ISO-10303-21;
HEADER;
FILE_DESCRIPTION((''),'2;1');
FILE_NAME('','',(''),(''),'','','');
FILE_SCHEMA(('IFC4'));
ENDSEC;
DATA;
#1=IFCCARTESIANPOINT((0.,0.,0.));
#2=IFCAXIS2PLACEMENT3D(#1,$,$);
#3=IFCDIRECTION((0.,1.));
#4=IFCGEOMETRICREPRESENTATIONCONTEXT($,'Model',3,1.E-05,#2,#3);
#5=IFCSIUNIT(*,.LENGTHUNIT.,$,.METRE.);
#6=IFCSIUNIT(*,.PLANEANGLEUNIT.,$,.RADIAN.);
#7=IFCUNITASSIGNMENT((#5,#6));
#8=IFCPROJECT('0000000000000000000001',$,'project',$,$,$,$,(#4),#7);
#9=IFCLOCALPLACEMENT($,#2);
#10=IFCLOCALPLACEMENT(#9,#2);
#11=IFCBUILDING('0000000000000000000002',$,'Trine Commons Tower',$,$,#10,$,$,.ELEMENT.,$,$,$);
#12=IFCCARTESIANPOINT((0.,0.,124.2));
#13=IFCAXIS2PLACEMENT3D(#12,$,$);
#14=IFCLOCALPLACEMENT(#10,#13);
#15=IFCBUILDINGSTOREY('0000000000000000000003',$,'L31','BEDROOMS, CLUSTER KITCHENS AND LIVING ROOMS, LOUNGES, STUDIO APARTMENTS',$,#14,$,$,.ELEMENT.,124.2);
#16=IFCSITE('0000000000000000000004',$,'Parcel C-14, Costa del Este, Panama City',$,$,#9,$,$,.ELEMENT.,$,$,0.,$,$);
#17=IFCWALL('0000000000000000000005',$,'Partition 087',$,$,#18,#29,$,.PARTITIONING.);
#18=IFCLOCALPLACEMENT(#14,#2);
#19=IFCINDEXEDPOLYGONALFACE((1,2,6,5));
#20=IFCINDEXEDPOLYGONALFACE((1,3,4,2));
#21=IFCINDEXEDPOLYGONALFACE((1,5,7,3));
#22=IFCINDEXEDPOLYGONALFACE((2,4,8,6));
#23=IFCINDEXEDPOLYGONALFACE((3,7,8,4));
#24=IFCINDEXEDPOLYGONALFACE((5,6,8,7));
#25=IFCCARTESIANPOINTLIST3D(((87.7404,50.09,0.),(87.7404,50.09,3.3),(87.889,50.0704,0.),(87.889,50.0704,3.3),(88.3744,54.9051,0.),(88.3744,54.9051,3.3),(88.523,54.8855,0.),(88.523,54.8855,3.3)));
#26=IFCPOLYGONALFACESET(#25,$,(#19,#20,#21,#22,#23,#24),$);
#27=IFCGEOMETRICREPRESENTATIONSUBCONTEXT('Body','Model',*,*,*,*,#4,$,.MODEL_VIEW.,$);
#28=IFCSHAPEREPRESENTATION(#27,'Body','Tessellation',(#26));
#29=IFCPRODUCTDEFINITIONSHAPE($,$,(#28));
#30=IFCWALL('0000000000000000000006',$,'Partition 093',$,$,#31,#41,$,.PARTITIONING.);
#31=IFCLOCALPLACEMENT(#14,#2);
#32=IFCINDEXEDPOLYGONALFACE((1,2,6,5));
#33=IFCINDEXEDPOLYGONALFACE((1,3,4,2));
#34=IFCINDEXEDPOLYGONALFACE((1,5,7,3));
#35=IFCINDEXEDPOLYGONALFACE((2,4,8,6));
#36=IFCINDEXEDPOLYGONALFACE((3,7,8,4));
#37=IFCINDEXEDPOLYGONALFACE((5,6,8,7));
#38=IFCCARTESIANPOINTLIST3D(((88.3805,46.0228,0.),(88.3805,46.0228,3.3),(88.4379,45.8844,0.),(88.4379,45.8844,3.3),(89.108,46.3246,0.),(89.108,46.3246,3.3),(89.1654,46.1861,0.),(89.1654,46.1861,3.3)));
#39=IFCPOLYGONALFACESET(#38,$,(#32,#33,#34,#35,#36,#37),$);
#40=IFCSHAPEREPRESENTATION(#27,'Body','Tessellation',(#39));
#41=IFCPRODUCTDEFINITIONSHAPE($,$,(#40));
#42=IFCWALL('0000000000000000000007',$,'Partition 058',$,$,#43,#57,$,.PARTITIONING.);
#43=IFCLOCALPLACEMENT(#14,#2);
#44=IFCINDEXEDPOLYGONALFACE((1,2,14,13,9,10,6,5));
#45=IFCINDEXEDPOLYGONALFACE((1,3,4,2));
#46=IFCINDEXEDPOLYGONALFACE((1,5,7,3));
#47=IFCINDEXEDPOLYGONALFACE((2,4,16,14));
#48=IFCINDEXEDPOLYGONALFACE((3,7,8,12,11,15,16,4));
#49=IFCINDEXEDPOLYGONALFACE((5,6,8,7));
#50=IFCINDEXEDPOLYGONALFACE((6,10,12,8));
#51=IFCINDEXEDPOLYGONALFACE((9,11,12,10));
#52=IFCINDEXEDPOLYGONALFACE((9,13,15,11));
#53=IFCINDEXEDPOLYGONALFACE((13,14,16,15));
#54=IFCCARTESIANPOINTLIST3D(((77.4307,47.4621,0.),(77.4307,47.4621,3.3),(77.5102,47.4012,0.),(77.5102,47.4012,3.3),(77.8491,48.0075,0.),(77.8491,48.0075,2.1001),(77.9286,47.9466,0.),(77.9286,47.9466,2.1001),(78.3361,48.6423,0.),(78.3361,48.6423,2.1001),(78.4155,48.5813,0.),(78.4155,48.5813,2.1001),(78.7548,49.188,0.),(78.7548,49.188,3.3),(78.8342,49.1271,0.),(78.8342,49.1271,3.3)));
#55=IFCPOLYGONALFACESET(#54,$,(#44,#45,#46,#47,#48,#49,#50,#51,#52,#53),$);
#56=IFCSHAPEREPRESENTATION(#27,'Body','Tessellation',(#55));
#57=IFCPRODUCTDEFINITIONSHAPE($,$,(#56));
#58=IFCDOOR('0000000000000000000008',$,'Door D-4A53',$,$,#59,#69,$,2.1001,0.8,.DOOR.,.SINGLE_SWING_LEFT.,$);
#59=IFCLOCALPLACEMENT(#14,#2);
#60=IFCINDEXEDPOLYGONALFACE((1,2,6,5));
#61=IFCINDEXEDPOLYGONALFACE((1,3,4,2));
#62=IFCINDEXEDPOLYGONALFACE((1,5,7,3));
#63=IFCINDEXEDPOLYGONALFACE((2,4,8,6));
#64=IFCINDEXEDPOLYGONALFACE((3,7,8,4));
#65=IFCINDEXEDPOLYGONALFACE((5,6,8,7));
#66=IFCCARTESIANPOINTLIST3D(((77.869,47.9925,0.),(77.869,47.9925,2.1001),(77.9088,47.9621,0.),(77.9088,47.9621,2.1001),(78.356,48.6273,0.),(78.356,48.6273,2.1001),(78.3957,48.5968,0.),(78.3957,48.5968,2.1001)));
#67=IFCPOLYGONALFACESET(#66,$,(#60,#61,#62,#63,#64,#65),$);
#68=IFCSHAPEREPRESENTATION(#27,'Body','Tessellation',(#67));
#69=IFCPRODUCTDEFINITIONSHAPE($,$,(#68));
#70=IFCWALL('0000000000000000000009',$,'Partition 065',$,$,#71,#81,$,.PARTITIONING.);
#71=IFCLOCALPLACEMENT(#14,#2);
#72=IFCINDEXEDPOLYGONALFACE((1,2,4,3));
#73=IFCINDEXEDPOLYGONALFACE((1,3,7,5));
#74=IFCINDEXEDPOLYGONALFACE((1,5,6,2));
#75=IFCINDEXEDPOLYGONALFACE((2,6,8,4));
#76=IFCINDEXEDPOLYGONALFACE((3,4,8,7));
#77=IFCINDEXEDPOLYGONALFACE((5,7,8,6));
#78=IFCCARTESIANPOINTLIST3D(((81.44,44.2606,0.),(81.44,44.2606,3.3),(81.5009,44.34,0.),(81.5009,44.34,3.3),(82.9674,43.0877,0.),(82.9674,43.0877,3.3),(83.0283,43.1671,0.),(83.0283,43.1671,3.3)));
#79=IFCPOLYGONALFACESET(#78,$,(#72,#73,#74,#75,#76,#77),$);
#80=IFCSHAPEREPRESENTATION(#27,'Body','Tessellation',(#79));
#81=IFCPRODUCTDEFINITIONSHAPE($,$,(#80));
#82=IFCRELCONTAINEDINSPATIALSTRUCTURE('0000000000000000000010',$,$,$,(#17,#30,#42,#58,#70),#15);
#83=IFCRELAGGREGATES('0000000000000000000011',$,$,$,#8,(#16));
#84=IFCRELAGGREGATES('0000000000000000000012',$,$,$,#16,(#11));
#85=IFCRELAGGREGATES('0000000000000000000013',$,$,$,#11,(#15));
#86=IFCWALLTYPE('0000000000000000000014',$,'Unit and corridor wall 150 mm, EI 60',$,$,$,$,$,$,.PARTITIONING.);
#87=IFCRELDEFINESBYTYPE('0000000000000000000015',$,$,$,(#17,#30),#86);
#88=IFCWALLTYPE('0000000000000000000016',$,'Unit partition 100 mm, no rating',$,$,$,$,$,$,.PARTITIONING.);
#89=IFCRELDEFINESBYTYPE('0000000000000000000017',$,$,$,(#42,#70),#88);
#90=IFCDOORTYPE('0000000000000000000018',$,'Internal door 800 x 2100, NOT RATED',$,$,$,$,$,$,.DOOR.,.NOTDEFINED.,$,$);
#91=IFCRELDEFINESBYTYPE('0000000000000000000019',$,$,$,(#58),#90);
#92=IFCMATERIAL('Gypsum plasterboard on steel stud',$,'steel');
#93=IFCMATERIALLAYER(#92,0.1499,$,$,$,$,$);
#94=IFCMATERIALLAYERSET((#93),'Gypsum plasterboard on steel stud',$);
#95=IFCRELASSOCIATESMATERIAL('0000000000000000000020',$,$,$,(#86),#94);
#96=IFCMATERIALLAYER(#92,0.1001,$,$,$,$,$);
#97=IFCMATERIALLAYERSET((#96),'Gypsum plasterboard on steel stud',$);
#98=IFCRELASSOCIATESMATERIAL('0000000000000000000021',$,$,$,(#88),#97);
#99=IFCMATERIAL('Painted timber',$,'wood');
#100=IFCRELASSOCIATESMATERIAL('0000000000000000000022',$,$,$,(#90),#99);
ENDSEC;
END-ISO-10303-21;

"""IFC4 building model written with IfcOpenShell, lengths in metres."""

from ifc_helpers import new_model, si_unit, direction, frame, frame_2d, origin, place, context, subcontext, project, spatial, rectangle, extrude, material, layer, layer_set, type_object, element, fill, save


model = new_model("IFC4")

# Units and contexts
model_context = context("Model", 3, precision=1e-05, world=origin(), true_north=direction((0.0, 1.0)))
body_context = subcontext(model_context, "Body", "Model", "MODEL_VIEW")
ifc_project = project(units=[si_unit("LENGTHUNIT", "METRE"), si_unit("PLANEANGLEUNIT", "RADIAN")], contexts=[model_context])

# Site, building, storey
site_placement = place(None, origin())
site = spatial("IfcSite", under=ifc_project, at=site_placement, Name="Parcel C-14, Costa del Este, Panama City", CompositionType="ELEMENT", RefElevation=0.0)
building_placement = place(site_placement, origin())
building = spatial("IfcBuilding", under=site, at=building_placement, Name="Trine Commons Tower", CompositionType="ELEMENT")
storey_placement = place(building_placement, frame((0.0, 0.0, 124.2)))
storey = spatial("IfcBuildingStorey", under=building, at=storey_placement, Name="L31", Description="BEDROOMS, CLUSTER KITCHENS AND LIVING ROOMS, LOUNGES, STUDIO APARTMENTS", CompositionType="ELEMENT", Elevation=124.2)

# Shared definitions
ifc_material_1 = material(Name="Gypsum plasterboard on steel stud", Category="steel")
ifc_layer_1 = layer(ifc_material_1, 0.1499)
ifc_layer_set_1 = layer_set([ifc_layer_1], Name="Gypsum plasterboard on steel stud")
wall_type_1 = type_object("IfcWallType", Name="Unit and corridor wall 150 mm, EI 60", PredefinedType="PARTITIONING", material=ifc_layer_set_1)

# Shared definitions
ifc_material_2 = material(Name="Painted timber", Category="wood")

# Walls
wall_1_placement = place(storey_placement, frame((87.8147, 50.0803, 0.0), z_axis=(0.0, 0.0, 1.0), x_axis=(0.130547, 0.991442, 0.0)))
element("IfcWall", 1, at=wall_1_placement, inside=storey, type_object=wall_type_1, Name="Partition 087", PredefinedType="PARTITIONING", context=body_context, shape_type="SweptSolid", body=[
    extrude(rectangle(XDim=4.8567, YDim=0.1499, at=frame_2d((2.4282, 0.0))), origin(), (0.0, 0.0, 1.0), 3.3),
])
wall_2_placement = place(storey_placement, frame((88.4092, 45.9536, 0.0), z_axis=(0.0, 0.0, 1.0), x_axis=(0.923699, 0.383118, 0.0)))
element("IfcWall", 2, at=wall_2_placement, inside=storey, type_object=wall_type_1, Name="Partition 093", PredefinedType="PARTITIONING", context=body_context, shape_type="SweptSolid", body=[
    extrude(rectangle(XDim=0.7876, YDim=0.1499, at=frame_2d((0.3938, 0.0))), origin(), (0.0, 0.0, 1.0), 3.3),
])

# Wall, opening, door
ifc_layer_2 = layer(ifc_material_1, 0.1001)
ifc_layer_set_2 = layer_set([ifc_layer_2], Name="Gypsum plasterboard on steel stud")
wall_type_2 = type_object("IfcWallType", Name="Unit partition 100 mm, no rating", PredefinedType="PARTITIONING", material=ifc_layer_set_2)
wall_3_placement = place(storey_placement, frame((77.4705, 47.4316, 0.0), z_axis=(0.0, 0.0, 1.0), x_axis=(0.608674, 0.79342, 0.0)))
wall_3 = element("IfcWall", 3, at=wall_3_placement, inside=storey, type_object=wall_type_2, Name="Partition 058", PredefinedType="PARTITIONING", context=body_context, shape_type="SweptSolid", body=[
    extrude(rectangle(XDim=2.1753, YDim=0.1001, at=frame_2d((1.0876, 0.0))), origin(), (0.0, 0.0, 1.0), 3.3),
])
opening_1_placement = place(wall_3_placement, frame((0.6875, 0.0, 0.0)))
opening_1 = element("IfcOpeningElement", 4, at=opening_1_placement, cuts=wall_3, PredefinedType="OPENING", context=body_context, shape_type="SweptSolid", body=[
    extrude(rectangle(XDim=0.8, YDim=2.1001, at=frame_2d((0.3999, 1.05))), frame((0.0, 0.0601, 0.0), z_axis=(0.0, -1.0, 0.0), x_axis=(1.0, 0.0, 0.0)), (0.0, 0.0, 1.0), 0.1201),
])
door_type_1 = type_object("IfcDoorType", Name="Internal door 800 x 2100, NOT RATED", OperationType="NOTDEFINED", PredefinedType="DOOR", material=ifc_material_2)
door_1_placement = place(opening_1_placement, frame((0.8, 0.0, 0.0), z_axis=(0.0, 0.0, 1.0), x_axis=(-1.0, 0.0, 0.0)))
door_1 = element("IfcDoor", 5, at=door_1_placement, inside=storey, type_object=door_type_1, Name="Door D-4A53", OperationType="SINGLE_SWING_LEFT", OverallHeight=2.1001, OverallWidth=0.8, PredefinedType="DOOR", context=body_context, shape_type="SweptSolid", body=[
    extrude(rectangle(XDim=0.8, YDim=2.1001, at=frame_2d((0.3999, 1.05))), frame((0.0, 0.0249, 0.0), z_axis=(0.0, -1.0, 0.0), x_axis=(1.0, 0.0, 0.0)), (0.0, 0.0, 1.0), 0.05),
])
fill(opening_1, door_1)

# Wall
wall_4_placement = place(storey_placement, frame((81.4705, 44.3003, 0.0), z_axis=(0.0, 0.0, 1.0), x_axis=(0.793133, -0.609049, 0.0)))
element("IfcWall", 6, at=wall_4_placement, inside=storey, type_object=wall_type_2, Name="Partition 065", PredefinedType="PARTITIONING", context=body_context, shape_type="SweptSolid", body=[
    extrude(rectangle(XDim=1.9258, YDim=0.1001, at=frame_2d((0.9629, 0.0))), origin(), (0.0, 0.0, 1.0), 3.3),
])

save(model, "model.ifc")
